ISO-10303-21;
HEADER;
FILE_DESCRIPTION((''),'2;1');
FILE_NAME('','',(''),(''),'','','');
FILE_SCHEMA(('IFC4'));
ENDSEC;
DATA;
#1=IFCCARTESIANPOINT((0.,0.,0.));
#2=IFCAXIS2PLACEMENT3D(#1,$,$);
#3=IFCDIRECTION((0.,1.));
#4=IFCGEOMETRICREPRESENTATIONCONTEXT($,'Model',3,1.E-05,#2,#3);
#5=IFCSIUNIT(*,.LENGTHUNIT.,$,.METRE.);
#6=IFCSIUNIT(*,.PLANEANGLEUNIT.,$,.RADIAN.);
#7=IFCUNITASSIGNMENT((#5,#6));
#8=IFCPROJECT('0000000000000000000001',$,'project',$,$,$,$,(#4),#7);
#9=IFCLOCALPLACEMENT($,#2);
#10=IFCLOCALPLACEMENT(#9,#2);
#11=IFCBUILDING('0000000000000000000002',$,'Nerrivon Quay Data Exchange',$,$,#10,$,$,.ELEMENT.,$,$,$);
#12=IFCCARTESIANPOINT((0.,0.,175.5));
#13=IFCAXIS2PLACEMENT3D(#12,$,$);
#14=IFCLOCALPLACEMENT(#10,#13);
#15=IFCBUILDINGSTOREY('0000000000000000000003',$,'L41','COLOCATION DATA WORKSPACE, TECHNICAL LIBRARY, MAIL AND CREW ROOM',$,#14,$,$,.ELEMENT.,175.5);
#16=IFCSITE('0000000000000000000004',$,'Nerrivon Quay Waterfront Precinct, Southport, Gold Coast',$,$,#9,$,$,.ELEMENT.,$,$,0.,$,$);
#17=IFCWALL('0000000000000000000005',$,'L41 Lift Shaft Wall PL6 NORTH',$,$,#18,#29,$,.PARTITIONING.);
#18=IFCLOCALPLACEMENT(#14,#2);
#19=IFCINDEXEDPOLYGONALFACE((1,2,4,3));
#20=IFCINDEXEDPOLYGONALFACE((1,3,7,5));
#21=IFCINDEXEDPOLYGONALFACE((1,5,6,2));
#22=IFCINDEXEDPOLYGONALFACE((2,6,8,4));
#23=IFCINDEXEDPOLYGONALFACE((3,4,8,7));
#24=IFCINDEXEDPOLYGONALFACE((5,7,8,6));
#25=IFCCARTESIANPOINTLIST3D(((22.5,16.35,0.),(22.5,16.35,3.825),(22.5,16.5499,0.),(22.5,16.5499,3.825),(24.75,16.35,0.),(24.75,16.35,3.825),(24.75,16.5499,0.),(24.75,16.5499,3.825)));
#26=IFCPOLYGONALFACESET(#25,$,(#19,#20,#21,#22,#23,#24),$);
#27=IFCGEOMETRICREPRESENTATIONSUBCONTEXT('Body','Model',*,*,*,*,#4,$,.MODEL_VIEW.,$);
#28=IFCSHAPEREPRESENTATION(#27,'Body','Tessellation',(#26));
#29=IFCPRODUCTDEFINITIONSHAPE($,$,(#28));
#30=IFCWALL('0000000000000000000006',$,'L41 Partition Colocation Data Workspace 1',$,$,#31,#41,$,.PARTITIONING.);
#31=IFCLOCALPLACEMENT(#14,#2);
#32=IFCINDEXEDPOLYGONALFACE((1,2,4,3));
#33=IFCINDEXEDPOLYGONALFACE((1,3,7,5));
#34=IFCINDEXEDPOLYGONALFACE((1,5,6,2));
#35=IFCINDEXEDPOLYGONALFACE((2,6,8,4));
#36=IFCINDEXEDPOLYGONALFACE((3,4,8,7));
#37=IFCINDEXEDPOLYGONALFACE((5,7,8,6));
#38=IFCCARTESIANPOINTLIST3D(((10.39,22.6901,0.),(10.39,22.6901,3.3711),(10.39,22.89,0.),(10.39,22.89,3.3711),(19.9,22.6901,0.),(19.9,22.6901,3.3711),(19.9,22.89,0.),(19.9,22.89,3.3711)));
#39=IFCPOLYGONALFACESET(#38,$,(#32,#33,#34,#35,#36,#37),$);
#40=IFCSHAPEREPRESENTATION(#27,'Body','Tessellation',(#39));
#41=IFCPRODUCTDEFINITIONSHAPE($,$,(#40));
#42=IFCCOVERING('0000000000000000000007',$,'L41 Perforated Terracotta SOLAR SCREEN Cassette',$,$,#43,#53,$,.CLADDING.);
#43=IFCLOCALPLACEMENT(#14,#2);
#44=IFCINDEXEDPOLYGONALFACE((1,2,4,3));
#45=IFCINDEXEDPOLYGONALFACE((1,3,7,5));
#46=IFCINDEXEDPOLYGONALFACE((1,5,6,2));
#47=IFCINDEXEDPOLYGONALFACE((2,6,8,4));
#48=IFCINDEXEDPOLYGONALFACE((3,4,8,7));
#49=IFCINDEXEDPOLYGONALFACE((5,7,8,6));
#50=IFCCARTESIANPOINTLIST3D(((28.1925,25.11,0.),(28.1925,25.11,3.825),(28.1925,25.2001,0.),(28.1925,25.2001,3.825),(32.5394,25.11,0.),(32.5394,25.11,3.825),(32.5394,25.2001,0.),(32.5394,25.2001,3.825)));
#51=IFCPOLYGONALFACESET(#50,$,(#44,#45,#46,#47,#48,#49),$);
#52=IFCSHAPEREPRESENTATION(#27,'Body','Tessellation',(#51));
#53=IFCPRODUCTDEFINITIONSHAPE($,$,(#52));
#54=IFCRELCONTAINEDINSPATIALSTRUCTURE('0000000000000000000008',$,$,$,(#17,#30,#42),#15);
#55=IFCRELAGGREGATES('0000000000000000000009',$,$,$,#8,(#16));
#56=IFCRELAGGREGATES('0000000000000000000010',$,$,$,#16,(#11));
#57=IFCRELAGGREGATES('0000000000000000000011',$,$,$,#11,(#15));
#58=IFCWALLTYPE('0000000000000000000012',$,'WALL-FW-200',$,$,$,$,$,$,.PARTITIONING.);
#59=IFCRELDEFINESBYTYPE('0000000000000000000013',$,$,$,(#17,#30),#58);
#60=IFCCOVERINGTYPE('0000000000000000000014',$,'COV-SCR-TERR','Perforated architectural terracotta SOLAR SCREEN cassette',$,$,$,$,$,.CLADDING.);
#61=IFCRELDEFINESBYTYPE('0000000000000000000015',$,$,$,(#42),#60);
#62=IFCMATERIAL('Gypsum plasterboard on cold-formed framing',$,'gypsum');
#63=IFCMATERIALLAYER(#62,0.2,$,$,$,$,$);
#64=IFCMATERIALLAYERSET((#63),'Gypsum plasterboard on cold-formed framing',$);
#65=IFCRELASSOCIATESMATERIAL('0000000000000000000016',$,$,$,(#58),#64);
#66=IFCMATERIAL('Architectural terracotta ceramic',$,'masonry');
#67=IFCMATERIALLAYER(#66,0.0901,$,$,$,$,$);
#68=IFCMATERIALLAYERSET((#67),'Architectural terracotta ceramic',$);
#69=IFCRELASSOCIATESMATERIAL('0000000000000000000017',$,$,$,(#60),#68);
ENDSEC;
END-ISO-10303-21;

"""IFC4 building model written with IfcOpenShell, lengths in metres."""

from ifc_helpers import new_model, si_unit, direction, frame, frame_2d, origin, origin_2d, place, context, subcontext, project, spatial, rectangle, extrude, material, layer, layer_set, type_object, element, save


model = new_model("IFC4")

# Units and contexts
model_context = context("Model", 3, precision=1e-05, world=origin(), true_north=direction((0.0, 1.0)))
body_context = subcontext(model_context, "Body", "Model", "MODEL_VIEW")
ifc_project = project(units=[si_unit("LENGTHUNIT", "METRE"), si_unit("PLANEANGLEUNIT", "RADIAN")], contexts=[model_context])

# Site, building, storey
site_placement = place(None, origin())
site = spatial("IfcSite", under=ifc_project, at=site_placement, Name="Nerrivon Quay Waterfront Precinct, Southport, Gold Coast", CompositionType="ELEMENT", RefElevation=0.0)
building_placement = place(site_placement, origin())
building = spatial("IfcBuilding", under=site, at=building_placement, Name="Nerrivon Quay Data Exchange", CompositionType="ELEMENT")
storey_placement = place(building_placement, frame((0.0, 0.0, 175.5)))
storey = spatial("IfcBuildingStorey", under=building, at=storey_placement, Name="L41", Description="COLOCATION DATA WORKSPACE, TECHNICAL LIBRARY, MAIL AND CREW ROOM", CompositionType="ELEMENT", Elevation=175.5)

# Walls
ifc_material_1 = material(Name="Gypsum plasterboard on cold-formed framing", Category="gypsum")
ifc_layer_1 = layer(ifc_material_1, 0.2)
ifc_layer_set_1 = layer_set([ifc_layer_1], Name="Gypsum plasterboard on cold-formed framing")
wall_type_1 = type_object("IfcWallType", Name="WALL-FW-200", PredefinedType="PARTITIONING", material=ifc_layer_set_1)
wall_1_placement = place(storey_placement, frame((22.5, 16.45, 0.0), z_axis=(0.0, 0.0, 1.0), x_axis=(1.0, 0.0, 0.0)))
element("IfcWall", 1, at=wall_1_placement, inside=storey, type_object=wall_type_1, Name="L41 Lift Shaft Wall PL6 NORTH", PredefinedType="PARTITIONING", context=body_context, shape_type="SweptSolid", body=[
    extrude(rectangle(XDim=2.25, YDim=0.2, at=frame_2d((1.125, 0.0))), origin(), (0.0, 0.0, 1.0), 3.825),
])
wall_2_placement = place(storey_placement, frame((19.8999, 22.79, 0.0), z_axis=(0.0, 0.0, 1.0), x_axis=(-1.0, 0.0, 0.0)))
element("IfcWall", 2, at=wall_2_placement, inside=storey, type_object=wall_type_1, Name="L41 Partition Colocation Data Workspace 1", PredefinedType="PARTITIONING", context=body_context, shape_type="SweptSolid", body=[
    extrude(rectangle(XDim=9.51, YDim=0.2, at=frame_2d((4.7549, 0.0))), origin(), (0.0, 0.0, 1.0), 3.3711),
])

# Covering
ifc_material_2 = material(Name="Architectural terracotta ceramic", Category="masonry")
ifc_layer_2 = layer(ifc_material_2, 0.0901)
ifc_layer_set_2 = layer_set([ifc_layer_2], Name="Architectural terracotta ceramic")
covering_type = type_object("IfcCoveringType", Name="COV-SCR-TERR", Description="Perforated architectural terracotta SOLAR SCREEN cassette", PredefinedType="CLADDING", material=ifc_layer_set_2)
covering_placement = place(storey_placement, frame((30.366, 25.155, 0.0), z_axis=(0.0, 0.0, 1.0), x_axis=(1.0, 0.0, 0.0)))
element("IfcCovering", 3, at=covering_placement, inside=storey, type_object=covering_type, Name="L41 Perforated Terracotta SOLAR SCREEN Cassette", PredefinedType="CLADDING", context=body_context, shape_type="SweptSolid", body=[
    extrude(rectangle(XDim=4.3469, YDim=0.0901, at=origin_2d()), origin(), (0.0, 0.0, 1.0), 3.825),
])

save(model, "model.ifc")
